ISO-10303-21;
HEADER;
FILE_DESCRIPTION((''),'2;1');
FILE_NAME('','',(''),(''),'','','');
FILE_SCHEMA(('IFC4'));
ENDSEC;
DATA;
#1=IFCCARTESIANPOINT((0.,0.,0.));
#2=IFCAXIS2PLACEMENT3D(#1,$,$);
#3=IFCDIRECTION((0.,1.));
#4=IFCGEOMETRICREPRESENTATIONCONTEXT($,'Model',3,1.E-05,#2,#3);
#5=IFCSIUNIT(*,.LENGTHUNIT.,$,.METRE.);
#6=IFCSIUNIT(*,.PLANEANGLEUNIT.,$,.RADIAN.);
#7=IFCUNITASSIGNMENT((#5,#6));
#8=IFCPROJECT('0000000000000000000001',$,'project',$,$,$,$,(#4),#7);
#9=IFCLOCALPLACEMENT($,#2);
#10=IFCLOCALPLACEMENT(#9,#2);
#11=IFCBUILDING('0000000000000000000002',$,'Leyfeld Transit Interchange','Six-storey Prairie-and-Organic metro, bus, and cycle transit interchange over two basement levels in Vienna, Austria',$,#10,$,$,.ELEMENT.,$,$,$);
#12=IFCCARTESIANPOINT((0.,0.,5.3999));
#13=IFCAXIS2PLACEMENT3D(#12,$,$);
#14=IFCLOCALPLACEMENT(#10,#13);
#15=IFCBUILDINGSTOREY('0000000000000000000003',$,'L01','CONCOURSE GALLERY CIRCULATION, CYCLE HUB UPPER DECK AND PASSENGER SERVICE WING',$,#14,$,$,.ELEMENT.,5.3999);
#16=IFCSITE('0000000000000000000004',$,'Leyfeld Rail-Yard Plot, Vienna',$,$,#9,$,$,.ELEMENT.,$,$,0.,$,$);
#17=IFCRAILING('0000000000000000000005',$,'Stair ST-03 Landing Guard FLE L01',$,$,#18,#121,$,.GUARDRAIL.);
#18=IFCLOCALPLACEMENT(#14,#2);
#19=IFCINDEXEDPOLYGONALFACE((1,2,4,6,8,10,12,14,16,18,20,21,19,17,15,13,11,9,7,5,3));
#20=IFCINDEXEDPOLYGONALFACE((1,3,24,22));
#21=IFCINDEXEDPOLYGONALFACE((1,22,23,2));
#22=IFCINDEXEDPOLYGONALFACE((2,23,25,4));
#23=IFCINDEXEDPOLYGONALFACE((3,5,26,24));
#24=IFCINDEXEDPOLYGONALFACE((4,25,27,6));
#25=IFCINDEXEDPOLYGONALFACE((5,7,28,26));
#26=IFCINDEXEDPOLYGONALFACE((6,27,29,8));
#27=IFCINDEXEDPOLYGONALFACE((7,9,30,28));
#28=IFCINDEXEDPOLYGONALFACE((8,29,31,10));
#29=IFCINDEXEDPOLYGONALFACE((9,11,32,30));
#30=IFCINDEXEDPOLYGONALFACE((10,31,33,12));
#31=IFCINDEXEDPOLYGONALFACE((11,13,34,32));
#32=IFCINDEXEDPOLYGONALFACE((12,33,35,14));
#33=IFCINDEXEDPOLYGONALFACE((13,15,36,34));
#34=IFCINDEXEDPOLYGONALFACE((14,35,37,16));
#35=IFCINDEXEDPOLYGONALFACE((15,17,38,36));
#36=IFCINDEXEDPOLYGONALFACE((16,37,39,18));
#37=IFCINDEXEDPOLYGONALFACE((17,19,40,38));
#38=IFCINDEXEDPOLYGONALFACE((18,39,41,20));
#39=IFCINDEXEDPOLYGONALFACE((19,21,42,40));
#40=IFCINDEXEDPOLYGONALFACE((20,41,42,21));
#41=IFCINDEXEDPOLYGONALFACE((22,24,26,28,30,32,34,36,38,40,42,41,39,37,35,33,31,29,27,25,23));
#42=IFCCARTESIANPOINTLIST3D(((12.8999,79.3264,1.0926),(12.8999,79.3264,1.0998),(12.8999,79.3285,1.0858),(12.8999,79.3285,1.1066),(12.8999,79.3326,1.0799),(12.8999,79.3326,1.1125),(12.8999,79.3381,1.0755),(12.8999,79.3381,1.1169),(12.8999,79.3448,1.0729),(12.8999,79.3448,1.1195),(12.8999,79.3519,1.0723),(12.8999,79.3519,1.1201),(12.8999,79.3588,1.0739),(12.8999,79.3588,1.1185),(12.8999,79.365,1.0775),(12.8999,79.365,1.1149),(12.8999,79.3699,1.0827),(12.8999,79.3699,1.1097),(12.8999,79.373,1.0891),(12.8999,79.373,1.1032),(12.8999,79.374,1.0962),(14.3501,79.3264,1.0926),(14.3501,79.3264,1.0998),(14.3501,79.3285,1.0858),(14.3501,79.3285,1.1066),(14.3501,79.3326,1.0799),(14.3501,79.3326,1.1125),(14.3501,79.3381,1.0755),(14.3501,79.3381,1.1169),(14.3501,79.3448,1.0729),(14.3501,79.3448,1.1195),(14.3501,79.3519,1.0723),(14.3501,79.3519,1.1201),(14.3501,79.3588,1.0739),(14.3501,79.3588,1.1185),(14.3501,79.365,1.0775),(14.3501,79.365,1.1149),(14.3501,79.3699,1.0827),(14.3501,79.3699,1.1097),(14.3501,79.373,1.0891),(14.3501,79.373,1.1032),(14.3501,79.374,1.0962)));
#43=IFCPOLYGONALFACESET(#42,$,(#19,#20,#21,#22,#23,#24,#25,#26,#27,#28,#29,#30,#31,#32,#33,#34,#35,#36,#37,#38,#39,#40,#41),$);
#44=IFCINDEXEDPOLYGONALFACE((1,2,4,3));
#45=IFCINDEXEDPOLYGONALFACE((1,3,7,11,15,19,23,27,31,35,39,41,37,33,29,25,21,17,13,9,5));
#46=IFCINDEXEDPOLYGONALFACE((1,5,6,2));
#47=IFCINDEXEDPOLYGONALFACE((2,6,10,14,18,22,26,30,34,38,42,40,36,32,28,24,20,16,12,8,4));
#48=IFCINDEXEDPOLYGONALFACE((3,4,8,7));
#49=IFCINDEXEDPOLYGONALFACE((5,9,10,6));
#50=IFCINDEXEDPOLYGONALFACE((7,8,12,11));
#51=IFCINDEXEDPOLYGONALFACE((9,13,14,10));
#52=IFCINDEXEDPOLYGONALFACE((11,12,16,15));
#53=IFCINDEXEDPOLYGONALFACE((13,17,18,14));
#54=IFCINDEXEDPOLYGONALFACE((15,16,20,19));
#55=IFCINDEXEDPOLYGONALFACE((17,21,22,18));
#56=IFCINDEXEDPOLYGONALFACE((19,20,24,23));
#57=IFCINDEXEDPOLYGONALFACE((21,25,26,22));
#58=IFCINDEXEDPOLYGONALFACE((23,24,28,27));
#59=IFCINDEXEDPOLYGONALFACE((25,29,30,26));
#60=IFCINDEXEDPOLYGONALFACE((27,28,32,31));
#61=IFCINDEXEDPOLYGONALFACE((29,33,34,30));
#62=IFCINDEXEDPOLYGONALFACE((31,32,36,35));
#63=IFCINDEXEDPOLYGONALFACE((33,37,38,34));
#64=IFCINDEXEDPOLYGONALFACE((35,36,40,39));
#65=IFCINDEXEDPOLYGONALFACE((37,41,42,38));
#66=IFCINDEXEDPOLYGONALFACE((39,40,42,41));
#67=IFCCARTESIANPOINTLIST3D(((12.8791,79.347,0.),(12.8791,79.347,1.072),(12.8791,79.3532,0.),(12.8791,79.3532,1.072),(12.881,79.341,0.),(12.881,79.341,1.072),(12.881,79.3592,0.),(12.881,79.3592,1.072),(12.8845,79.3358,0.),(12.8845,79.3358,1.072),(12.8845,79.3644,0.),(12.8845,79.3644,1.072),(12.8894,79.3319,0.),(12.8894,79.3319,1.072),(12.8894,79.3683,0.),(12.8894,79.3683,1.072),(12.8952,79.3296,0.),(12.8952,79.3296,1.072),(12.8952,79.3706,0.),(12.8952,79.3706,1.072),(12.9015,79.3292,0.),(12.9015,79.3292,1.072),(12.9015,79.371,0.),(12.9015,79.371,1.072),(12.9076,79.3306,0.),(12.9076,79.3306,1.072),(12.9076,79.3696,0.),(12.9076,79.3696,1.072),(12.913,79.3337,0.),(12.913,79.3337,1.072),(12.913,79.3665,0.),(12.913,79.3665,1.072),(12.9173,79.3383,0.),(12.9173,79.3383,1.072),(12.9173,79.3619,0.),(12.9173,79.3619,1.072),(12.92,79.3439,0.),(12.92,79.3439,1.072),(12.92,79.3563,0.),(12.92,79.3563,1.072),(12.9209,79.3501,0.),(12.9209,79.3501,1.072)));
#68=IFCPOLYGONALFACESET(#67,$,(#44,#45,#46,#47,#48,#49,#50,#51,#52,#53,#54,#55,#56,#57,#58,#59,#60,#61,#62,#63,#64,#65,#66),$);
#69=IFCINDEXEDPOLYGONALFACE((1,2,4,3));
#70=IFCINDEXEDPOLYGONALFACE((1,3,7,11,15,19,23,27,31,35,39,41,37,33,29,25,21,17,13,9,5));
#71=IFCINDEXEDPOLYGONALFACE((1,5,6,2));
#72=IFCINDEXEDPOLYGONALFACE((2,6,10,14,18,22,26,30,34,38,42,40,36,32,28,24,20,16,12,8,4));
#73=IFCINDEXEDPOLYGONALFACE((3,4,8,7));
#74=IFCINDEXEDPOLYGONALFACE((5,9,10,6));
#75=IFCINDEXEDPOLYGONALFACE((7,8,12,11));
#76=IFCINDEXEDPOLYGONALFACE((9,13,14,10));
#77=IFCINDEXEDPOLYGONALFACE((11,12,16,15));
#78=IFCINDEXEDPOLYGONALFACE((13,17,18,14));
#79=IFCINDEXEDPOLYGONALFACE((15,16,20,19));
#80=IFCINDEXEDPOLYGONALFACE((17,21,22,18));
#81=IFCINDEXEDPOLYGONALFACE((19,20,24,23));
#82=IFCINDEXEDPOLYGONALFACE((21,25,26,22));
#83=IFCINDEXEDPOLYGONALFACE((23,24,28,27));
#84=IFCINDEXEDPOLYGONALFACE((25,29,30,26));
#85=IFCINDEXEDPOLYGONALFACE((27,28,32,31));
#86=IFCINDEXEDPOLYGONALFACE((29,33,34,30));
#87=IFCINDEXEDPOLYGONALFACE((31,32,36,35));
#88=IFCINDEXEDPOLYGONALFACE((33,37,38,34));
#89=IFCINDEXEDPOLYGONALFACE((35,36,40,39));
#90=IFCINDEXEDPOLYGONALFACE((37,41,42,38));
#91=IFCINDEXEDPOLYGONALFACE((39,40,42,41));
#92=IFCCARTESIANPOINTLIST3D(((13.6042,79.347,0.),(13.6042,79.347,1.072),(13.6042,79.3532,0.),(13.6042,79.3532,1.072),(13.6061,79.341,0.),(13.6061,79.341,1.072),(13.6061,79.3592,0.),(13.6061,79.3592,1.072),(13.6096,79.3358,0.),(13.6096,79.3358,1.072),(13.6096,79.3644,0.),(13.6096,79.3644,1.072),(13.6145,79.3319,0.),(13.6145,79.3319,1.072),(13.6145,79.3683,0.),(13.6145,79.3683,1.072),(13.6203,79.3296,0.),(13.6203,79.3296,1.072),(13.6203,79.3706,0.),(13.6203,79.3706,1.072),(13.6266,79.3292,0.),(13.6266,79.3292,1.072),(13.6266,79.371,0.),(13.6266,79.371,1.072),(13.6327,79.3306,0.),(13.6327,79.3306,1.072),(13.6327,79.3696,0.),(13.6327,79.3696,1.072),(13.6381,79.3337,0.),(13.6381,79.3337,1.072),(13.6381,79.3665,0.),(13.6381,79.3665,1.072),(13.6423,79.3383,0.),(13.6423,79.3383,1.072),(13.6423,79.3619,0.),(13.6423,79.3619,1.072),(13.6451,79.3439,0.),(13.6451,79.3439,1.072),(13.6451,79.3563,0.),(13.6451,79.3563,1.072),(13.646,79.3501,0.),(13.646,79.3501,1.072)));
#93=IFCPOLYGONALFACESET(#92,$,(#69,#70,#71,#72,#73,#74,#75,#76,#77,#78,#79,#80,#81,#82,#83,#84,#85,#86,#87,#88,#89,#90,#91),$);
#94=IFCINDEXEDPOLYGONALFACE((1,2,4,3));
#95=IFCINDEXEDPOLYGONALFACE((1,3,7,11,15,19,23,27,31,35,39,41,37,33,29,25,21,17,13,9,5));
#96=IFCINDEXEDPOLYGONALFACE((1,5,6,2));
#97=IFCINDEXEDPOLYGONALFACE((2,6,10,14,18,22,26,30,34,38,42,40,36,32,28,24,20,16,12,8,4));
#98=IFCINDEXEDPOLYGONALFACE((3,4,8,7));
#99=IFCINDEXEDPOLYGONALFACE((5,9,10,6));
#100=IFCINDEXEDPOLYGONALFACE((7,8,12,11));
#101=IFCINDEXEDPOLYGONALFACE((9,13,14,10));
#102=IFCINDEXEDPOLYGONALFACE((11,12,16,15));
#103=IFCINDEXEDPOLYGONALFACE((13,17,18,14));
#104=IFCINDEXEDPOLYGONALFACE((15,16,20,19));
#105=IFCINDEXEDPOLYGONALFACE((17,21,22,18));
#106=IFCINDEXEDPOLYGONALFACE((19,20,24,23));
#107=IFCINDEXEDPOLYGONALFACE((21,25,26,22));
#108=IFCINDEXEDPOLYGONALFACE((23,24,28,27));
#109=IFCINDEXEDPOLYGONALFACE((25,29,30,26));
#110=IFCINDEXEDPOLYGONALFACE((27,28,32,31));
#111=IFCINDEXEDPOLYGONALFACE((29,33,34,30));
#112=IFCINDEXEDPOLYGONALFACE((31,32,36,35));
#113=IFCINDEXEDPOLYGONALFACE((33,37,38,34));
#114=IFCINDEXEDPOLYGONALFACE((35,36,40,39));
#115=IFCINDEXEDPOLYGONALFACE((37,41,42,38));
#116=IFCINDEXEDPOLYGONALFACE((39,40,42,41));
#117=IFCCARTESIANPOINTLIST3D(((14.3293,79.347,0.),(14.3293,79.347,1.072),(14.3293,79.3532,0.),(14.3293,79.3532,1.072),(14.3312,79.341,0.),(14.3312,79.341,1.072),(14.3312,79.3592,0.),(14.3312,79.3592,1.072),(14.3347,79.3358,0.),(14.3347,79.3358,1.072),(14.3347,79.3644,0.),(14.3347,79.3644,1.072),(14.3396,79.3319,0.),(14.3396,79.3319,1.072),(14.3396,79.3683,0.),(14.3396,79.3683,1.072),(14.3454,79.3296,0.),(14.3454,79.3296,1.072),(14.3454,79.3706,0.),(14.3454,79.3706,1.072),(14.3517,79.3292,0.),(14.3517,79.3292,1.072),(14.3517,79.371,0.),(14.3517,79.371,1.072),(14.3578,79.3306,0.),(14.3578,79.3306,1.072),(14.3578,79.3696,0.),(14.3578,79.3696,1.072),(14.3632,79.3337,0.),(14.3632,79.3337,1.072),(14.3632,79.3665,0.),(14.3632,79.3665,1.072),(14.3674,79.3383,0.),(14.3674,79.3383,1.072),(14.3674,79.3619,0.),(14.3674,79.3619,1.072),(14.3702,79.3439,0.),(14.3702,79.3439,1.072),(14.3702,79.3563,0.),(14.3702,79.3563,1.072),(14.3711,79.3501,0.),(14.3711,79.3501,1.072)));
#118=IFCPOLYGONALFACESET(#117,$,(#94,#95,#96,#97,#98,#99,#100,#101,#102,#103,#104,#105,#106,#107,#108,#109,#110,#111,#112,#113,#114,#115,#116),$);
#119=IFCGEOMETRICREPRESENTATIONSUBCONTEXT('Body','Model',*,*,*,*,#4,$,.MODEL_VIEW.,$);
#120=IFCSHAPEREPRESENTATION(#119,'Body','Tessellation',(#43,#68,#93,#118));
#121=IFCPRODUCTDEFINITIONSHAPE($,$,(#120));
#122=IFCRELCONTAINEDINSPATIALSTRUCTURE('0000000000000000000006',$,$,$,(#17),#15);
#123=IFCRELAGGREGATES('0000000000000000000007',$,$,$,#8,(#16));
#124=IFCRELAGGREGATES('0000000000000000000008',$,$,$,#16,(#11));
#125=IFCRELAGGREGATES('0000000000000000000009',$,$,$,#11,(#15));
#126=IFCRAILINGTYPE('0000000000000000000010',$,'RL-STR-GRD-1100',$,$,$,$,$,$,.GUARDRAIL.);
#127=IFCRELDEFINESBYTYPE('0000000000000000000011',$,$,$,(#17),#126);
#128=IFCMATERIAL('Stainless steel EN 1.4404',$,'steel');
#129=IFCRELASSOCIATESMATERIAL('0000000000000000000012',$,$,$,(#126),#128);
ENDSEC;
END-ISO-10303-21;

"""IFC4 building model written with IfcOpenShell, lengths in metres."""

from ifc_helpers import new_model, si_unit, direction, frame, origin, origin_2d, place, context, subcontext, project, spatial, circle, extrude, material, type_object, element, save


model = new_model("IFC4")

# Units and contexts
model_context = context("Model", 3, precision=1e-05, world=origin(), true_north=direction((0.0, 1.0)))
body_context = subcontext(model_context, "Body", "Model", "MODEL_VIEW")
ifc_project = project(units=[si_unit("LENGTHUNIT", "METRE"), si_unit("PLANEANGLEUNIT", "RADIAN")], contexts=[model_context])

# Site, building, storey
site_placement = place(None, origin())
site = spatial("IfcSite", under=ifc_project, at=site_placement, Name="Leyfeld Rail-Yard Plot, Vienna", CompositionType="ELEMENT", RefElevation=0.0)
building_placement = place(site_placement, origin())
building = spatial("IfcBuilding", under=site, at=building_placement, Name="Leyfeld Transit Interchange", Description="Six-storey Prairie-and-Organic metro, bus, and cycle transit interchange over two basement levels in Vienna, Austria", CompositionType="ELEMENT")
storey_placement = place(building_placement, frame((0.0, 0.0, 5.3999)))
storey = spatial("IfcBuildingStorey", under=building, at=storey_placement, Name="L01", Description="CONCOURSE GALLERY CIRCULATION, CYCLE HUB UPPER DECK AND PASSENGER SERVICE WING", CompositionType="ELEMENT", Elevation=5.3999)

# Shared definitions
ifc_material_1 = material(Name="Stainless steel EN 1.4404", Category="steel")

# Railing
railing_type_1 = type_object("IfcRailingType", Name="RL-STR-GRD-1100", PredefinedType="GUARDRAIL", material=ifc_material_1)
railing_1_placement = place(storey_placement, frame((12.8999, 79.3501, 0.0)))
element("IfcRailing", 1, at=railing_1_placement, inside=storey, type_object=railing_type_1, Name="Stair ST-03 Landing Guard FLE L01", PredefinedType="GUARDRAIL", context=body_context, shape_type="SweptSolid", body=[
    extrude(circle(Radius=0.0239, at=origin_2d()), frame((0.0, 0.0, 1.0962), z_axis=(1.0, 0.0, 0.0), x_axis=(0.0, 1.0, 0.0)), (0.0, 0.0, 1.0), 1.4502),
    extrude(circle(Radius=0.021, at=origin_2d()), origin(), (0.0, 0.0, 1.0), 1.072),
    extrude(circle(Radius=0.021, at=origin_2d()), frame((0.7251, 0.0, 0.0)), (0.0, 0.0, 1.0), 1.072),
    extrude(circle(Radius=0.021, at=origin_2d()), frame((1.4502, 0.0, 0.0)), (0.0, 0.0, 1.0), 1.072),
])

save(model, "model.ifc")
